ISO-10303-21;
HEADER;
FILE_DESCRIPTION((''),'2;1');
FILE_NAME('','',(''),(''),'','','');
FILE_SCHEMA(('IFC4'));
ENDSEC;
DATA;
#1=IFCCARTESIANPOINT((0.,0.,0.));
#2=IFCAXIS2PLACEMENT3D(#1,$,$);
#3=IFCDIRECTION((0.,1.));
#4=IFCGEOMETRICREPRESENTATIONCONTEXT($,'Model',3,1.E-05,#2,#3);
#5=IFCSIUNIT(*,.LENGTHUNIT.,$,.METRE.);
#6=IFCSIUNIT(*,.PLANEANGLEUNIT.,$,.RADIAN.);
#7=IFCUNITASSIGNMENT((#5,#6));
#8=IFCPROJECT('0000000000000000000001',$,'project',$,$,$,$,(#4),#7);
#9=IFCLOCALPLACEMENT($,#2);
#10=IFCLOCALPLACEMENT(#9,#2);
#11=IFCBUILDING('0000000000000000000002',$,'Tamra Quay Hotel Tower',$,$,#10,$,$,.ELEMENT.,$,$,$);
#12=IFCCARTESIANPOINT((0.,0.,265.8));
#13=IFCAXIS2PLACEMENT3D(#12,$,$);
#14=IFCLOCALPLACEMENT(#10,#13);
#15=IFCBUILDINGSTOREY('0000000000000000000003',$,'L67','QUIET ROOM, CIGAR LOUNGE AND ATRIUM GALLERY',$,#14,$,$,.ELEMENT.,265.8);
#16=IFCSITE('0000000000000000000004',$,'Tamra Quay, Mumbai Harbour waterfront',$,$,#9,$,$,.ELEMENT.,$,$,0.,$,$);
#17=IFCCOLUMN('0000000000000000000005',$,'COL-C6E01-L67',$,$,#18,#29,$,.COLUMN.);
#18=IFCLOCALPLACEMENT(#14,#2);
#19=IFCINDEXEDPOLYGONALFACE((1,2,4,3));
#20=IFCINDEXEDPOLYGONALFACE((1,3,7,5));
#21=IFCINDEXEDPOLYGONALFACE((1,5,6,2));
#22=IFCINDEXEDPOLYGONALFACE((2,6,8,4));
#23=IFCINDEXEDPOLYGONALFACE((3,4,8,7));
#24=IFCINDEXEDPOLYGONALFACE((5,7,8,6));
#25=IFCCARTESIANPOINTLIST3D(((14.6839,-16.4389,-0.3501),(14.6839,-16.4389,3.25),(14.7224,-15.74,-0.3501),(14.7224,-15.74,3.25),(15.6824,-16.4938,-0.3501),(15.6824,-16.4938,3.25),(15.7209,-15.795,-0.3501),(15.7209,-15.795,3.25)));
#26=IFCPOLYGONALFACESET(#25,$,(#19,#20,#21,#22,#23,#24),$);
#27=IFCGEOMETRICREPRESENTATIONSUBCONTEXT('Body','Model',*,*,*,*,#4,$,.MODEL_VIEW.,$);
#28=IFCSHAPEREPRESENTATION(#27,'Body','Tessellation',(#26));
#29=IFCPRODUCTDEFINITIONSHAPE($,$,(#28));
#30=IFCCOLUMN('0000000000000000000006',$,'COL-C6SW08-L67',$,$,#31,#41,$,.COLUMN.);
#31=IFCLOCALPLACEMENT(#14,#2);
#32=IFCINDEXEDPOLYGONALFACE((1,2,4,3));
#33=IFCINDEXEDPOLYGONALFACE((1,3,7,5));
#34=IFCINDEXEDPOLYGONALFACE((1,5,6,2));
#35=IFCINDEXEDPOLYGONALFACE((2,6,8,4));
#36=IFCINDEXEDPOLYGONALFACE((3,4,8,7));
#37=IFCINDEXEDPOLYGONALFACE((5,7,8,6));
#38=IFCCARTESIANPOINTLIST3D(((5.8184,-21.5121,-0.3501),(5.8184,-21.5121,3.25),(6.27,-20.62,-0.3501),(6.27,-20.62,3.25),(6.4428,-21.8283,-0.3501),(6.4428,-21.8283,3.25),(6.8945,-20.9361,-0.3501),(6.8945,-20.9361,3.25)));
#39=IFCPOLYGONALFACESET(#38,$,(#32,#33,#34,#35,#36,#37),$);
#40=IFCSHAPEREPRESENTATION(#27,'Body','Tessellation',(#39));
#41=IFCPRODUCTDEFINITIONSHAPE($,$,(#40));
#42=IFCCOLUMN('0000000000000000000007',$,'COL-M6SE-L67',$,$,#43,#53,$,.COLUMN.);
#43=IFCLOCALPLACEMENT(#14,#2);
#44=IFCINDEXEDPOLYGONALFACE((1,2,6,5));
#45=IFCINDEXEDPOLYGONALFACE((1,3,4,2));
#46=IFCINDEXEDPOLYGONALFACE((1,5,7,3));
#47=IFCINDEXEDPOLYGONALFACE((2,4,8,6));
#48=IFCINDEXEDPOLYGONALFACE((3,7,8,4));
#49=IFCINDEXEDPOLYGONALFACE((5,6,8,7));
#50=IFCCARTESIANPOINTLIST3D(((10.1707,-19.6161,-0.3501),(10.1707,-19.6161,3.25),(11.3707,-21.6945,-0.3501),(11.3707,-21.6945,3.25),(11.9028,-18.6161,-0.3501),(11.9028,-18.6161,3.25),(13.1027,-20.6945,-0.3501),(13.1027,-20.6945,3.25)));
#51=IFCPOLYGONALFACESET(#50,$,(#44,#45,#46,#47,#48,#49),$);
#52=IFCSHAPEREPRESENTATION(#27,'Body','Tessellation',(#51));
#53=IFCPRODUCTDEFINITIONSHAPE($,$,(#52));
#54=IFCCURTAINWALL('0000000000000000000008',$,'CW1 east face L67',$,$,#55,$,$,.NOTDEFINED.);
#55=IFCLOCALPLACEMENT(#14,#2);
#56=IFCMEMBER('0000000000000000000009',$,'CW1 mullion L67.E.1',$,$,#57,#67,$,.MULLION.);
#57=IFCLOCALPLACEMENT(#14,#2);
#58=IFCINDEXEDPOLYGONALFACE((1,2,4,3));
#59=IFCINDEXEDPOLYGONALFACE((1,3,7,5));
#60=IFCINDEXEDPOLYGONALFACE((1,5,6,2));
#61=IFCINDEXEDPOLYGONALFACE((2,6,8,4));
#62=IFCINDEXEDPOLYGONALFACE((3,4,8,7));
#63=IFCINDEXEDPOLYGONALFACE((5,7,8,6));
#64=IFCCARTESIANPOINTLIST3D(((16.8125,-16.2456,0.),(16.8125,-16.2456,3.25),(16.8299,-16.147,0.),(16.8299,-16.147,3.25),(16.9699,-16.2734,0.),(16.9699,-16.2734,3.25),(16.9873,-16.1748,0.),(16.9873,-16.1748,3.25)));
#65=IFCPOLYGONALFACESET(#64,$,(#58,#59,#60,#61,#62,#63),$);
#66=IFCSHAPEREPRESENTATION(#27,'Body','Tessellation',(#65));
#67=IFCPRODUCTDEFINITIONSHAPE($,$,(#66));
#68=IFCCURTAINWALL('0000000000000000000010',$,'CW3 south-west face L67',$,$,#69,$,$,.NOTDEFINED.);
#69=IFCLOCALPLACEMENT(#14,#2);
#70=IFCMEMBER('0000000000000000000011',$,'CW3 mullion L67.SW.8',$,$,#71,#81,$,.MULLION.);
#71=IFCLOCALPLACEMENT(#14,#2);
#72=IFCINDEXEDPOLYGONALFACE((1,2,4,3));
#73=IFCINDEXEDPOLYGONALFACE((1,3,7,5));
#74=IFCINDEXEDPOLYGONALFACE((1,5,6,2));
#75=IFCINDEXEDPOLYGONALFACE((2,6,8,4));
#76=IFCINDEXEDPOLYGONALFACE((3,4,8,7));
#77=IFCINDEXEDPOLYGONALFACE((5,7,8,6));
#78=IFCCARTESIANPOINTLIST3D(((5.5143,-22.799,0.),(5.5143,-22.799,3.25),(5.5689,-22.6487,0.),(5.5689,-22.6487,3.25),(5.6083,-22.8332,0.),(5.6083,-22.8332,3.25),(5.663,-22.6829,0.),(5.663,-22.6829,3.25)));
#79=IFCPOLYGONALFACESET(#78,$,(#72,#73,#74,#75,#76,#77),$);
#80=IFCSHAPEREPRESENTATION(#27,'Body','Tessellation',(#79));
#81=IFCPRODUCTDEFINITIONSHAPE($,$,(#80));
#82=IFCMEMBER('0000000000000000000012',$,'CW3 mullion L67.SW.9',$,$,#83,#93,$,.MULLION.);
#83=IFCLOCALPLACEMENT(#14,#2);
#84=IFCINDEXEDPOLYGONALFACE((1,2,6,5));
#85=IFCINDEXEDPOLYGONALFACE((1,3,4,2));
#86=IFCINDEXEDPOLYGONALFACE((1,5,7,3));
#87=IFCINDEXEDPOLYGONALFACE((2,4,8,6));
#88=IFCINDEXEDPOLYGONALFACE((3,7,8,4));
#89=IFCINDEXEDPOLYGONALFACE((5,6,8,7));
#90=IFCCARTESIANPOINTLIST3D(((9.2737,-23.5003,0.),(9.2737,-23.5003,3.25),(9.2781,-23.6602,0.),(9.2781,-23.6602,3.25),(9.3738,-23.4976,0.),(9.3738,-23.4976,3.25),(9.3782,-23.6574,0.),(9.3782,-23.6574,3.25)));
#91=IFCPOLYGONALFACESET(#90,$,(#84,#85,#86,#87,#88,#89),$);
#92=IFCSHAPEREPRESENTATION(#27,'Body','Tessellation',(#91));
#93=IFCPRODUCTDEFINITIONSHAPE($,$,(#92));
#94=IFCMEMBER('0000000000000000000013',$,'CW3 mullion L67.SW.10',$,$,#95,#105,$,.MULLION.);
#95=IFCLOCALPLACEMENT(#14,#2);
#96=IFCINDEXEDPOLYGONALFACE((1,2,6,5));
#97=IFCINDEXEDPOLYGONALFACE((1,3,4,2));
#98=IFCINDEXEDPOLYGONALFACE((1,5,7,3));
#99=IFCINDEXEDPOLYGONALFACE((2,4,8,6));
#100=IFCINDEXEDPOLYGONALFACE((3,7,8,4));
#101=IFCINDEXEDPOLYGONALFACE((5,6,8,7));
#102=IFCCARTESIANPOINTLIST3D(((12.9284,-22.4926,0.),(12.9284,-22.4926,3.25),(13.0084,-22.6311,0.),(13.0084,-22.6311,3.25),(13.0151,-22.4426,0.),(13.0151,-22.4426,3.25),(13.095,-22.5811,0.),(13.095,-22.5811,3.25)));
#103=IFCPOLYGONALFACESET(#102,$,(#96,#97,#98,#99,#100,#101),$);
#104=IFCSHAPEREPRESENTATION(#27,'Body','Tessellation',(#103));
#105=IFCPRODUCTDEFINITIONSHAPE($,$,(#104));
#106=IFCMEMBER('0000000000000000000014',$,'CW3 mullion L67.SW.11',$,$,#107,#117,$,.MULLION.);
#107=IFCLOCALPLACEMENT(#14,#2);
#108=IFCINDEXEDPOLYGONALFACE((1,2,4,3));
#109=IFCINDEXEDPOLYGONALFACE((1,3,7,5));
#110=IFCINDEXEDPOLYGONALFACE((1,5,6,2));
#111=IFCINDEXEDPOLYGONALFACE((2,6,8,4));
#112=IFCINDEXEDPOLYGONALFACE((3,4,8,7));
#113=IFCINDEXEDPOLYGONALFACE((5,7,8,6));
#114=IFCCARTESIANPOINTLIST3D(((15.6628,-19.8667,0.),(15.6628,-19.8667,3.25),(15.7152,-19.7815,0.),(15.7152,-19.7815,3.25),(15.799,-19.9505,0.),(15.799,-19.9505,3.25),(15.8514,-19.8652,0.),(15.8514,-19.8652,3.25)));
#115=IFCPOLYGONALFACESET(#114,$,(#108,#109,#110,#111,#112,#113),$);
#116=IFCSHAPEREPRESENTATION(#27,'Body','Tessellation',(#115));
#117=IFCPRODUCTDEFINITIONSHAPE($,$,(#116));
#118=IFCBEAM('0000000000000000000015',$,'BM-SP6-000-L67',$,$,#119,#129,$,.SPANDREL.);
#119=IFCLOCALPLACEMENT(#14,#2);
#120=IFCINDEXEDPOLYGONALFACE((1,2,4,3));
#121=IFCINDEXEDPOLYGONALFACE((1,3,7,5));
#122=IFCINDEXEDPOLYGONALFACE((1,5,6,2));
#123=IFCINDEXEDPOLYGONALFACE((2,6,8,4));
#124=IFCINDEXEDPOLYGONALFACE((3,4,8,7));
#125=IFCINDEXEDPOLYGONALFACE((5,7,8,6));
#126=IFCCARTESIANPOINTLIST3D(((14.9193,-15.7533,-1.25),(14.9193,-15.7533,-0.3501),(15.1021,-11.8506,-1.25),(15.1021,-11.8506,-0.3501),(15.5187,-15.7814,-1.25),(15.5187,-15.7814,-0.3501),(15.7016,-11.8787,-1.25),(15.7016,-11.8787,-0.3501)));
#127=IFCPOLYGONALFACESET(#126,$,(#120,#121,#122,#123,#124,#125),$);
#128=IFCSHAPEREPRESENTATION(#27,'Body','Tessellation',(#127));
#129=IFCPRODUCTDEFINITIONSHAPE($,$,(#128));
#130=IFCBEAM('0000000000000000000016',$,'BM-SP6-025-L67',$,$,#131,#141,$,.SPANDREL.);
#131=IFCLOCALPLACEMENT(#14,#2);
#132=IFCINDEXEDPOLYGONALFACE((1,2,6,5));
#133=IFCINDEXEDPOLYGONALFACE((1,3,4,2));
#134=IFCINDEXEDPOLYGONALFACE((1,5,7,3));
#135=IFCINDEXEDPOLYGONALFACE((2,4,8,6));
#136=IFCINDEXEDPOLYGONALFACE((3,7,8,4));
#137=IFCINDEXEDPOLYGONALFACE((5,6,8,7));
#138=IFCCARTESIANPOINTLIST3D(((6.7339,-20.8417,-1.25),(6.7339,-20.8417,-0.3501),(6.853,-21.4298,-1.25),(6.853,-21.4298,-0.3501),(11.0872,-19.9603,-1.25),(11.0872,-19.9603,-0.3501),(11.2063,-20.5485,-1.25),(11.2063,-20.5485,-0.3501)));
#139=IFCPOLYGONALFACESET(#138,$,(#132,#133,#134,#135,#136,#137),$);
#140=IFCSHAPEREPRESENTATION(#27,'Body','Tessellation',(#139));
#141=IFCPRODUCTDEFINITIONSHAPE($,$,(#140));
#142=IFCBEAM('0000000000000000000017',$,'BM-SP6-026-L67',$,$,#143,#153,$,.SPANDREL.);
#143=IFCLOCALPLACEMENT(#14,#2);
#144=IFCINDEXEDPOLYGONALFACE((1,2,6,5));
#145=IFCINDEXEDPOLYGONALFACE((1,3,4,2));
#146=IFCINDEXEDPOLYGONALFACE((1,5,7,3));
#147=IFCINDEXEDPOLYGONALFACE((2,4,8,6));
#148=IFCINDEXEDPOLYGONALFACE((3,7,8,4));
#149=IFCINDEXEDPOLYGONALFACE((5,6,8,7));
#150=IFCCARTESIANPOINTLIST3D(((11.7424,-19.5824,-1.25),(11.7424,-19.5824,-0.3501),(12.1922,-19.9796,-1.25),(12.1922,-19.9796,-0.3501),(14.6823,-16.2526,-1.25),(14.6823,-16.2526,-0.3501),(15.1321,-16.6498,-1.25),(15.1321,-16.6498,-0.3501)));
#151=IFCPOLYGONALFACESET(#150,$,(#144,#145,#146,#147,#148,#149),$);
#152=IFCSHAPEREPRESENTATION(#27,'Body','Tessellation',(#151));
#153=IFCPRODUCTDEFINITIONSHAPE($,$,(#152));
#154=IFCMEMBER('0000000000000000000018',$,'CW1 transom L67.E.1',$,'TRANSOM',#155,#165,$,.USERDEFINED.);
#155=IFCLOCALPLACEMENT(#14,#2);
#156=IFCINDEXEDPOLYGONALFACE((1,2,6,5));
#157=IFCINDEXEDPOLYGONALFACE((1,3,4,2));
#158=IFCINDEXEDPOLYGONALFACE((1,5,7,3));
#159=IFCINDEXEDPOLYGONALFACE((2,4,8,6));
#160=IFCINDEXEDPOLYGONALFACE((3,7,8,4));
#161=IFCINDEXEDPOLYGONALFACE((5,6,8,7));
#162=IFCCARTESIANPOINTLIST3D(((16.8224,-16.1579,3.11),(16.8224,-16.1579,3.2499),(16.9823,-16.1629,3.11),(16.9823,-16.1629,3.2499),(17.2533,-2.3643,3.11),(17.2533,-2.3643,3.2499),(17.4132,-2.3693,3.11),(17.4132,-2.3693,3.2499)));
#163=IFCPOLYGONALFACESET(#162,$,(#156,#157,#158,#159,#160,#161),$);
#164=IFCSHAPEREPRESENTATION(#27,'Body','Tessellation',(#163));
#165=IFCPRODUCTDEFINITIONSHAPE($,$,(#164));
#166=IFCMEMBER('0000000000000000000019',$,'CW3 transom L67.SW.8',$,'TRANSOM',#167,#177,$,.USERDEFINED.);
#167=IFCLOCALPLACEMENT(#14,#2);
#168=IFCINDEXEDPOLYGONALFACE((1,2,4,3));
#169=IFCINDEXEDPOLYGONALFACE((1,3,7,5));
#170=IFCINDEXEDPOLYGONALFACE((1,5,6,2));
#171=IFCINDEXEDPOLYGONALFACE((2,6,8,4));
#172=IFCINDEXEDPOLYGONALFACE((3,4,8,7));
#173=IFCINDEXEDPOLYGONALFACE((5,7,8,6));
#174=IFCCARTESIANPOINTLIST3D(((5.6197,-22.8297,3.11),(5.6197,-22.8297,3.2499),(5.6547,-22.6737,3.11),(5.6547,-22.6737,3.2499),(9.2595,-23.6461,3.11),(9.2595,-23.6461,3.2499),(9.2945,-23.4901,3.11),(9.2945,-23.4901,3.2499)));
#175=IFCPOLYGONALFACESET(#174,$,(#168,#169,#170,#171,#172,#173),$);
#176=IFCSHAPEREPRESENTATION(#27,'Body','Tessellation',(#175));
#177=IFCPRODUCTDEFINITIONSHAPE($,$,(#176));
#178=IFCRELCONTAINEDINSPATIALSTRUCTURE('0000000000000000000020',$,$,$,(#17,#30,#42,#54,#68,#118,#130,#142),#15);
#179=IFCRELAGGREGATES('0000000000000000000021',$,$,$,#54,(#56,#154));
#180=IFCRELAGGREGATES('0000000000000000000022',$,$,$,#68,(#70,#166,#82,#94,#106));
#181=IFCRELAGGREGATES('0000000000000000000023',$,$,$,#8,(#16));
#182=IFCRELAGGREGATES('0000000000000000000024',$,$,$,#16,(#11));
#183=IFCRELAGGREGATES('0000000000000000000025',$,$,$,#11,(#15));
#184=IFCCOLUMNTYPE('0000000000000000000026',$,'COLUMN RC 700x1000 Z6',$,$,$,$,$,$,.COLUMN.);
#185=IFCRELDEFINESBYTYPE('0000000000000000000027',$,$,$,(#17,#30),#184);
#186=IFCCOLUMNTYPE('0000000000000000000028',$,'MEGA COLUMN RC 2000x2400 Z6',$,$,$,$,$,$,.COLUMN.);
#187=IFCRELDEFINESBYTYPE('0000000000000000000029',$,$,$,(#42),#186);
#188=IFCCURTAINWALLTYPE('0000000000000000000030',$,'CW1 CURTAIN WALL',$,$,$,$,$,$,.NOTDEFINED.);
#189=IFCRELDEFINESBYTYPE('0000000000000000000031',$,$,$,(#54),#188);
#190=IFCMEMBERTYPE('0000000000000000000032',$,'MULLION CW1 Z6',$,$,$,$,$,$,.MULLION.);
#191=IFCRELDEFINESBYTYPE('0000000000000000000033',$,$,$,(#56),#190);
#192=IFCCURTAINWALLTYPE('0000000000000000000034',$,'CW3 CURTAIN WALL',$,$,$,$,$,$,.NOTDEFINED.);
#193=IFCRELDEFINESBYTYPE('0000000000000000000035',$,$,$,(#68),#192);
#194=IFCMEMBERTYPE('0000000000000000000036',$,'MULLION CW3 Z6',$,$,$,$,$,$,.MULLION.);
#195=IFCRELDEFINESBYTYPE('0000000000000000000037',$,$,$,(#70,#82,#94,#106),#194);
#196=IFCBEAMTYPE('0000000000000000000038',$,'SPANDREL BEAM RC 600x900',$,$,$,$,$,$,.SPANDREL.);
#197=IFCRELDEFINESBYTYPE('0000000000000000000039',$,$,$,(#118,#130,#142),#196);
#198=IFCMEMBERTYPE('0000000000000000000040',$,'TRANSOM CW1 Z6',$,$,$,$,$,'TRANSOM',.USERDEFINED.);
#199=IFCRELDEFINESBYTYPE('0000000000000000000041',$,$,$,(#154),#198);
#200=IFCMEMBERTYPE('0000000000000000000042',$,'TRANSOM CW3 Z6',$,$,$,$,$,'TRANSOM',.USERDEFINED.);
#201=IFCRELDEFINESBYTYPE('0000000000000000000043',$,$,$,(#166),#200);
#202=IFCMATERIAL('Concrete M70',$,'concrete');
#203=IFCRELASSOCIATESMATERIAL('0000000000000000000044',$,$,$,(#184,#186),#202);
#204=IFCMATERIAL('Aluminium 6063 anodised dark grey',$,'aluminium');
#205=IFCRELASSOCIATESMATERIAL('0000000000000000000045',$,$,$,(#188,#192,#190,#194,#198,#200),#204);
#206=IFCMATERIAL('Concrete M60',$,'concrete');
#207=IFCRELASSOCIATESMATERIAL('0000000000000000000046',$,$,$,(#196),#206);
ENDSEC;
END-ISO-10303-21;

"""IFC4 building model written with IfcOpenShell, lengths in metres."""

from ifc_helpers import new_model, si_unit, direction, frame, origin, origin_2d, place, context, subcontext, project, spatial, rectangle, extrude, material, material_profile, profile_set, type_object, element, aggregate, save


model = new_model("IFC4")

# Units and contexts
model_context = context("Model", 3, precision=1e-05, world=origin(), true_north=direction((0.0, 1.0)))
body_context = subcontext(model_context, "Body", "Model", "MODEL_VIEW")
ifc_project = project(units=[si_unit("LENGTHUNIT", "METRE"), si_unit("PLANEANGLEUNIT", "RADIAN")], contexts=[model_context])

# Site, building, storey
site_placement = place(None, origin())
site = spatial("IfcSite", under=ifc_project, at=site_placement, Name="Tamra Quay, Mumbai Harbour waterfront", CompositionType="ELEMENT", RefElevation=0.0)
building_placement = place(site_placement, origin())
building = spatial("IfcBuilding", under=site, at=building_placement, Name="Tamra Quay Hotel Tower", CompositionType="ELEMENT")
storey_placement = place(building_placement, frame((0.0, 0.0, 265.8)))
storey = spatial("IfcBuildingStorey", under=building, at=storey_placement, Name="L67", Description="QUIET ROOM, CIGAR LOUNGE AND ATRIUM GALLERY", CompositionType="ELEMENT", Elevation=265.8)

# Columns
ifc_material_1 = material(Name="Concrete M70", Category="concrete")
ifc_material_profile_1 = material_profile(ifc_material_1, rectangle(XDim=1.0, YDim=0.7, at=origin_2d()), Name="COLUMN RC 700x1000 Z6")
ifc_profile_set_1 = profile_set([ifc_material_profile_1], Name="Concrete M70")
column_type_1 = type_object("IfcColumnType", Name="COLUMN RC 700x1000 Z6", PredefinedType="COLUMN", material=ifc_profile_set_1)
for number, where, z_axis, x_axis, name in (
    (1, (15.2024, -16.1169, -0.3501), (0.0, 0.0, 1.0), (-0.998491, 0.054917, 0.0), "COL-C6E01-L67"),
    (2, (6.3564, -21.2241, -0.3501), (0.0, 0.0, 1.0), (0.451686, 0.892177, 0.0), "COL-C6SW08-L67"),
):
    element("IfcColumn", number, at=place(storey_placement, frame(where, z_axis=z_axis, x_axis=x_axis)), inside=storey, type_object=column_type_1, Name=name, PredefinedType="COLUMN", context=body_context, shape_type="SweptSolid", body=[
        extrude(rectangle(XDim=1.0, YDim=0.7, at=origin_2d()), origin(), (0.0, 0.0, 1.0), 3.6001),
    ])
ifc_material_profile_2 = material_profile(ifc_material_1, rectangle(XDim=2.3999, YDim=2.0, at=origin_2d()), Name="MEGA COLUMN RC 2000x2400 Z6")
ifc_profile_set_2 = profile_set([ifc_material_profile_2], Name="Concrete M70")
column_type_2 = type_object("IfcColumnType", Name="MEGA COLUMN RC 2000x2400 Z6", PredefinedType="COLUMN", material=ifc_profile_set_2)
column_placement = place(storey_placement, frame((11.6367, -20.1553, -0.3501), z_axis=(0.0, 0.0, 1.0), x_axis=(-0.5, 0.866025, 0.0)))
element("IfcColumn", 3, at=column_placement, inside=storey, type_object=column_type_2, Name="COL-M6SE-L67", PredefinedType="COLUMN", context=body_context, shape_type="SweptSolid", body=[
    extrude(rectangle(XDim=2.3999, YDim=2.0, at=origin_2d()), origin(), (0.0, 0.0, 1.0), 3.6001),
])

# Curtain wall, member
ifc_material_2 = material(Name="Aluminium 6063 anodised dark grey", Category="aluminium")
curtain_wall_type_1 = type_object("IfcCurtainWallType", Name="CW1 CURTAIN WALL", PredefinedType="NOTDEFINED", material=ifc_material_2)
curtain_wall_1_placement = place(storey_placement, origin())
curtain_wall_1 = element("IfcCurtainWall", 4, at=curtain_wall_1_placement, inside=storey, type_object=curtain_wall_type_1, Name="CW1 east face L67", PredefinedType="NOTDEFINED")
ifc_material_profile_3 = material_profile(ifc_material_2, rectangle(XDim=0.1599, YDim=0.1001, at=origin_2d()), Name="MULLION 100X160")
ifc_profile_set_3 = profile_set([ifc_material_profile_3], Name="Aluminium 6063 anodised dark grey")
member_type_1 = type_object("IfcMemberType", Name="MULLION CW1 Z6", PredefinedType="MULLION", material=ifc_profile_set_3)
member_1_placement = place(storey_placement, frame((16.8999, -16.2102, 0.0), z_axis=(0.0, 0.0, 1.0), x_axis=(0.98474, -0.174032, 0.0)))
member_1 = element("IfcMember", 5, at=member_1_placement, type_object=member_type_1, Name="CW1 mullion L67.E.1", PredefinedType="MULLION", context=body_context, shape_type="SweptSolid", body=[
    extrude(rectangle(XDim=0.1599, YDim=0.1001, at=origin_2d()), origin(), (0.0, 0.0, 1.0), 3.25),
])

# Curtain wall, members
curtain_wall_type_2 = type_object("IfcCurtainWallType", Name="CW3 CURTAIN WALL", PredefinedType="NOTDEFINED", material=ifc_material_2)
curtain_wall_2_placement = place(storey_placement, origin())
curtain_wall_2 = element("IfcCurtainWall", 6, at=curtain_wall_2_placement, inside=storey, type_object=curtain_wall_type_2, Name="CW3 south-west face L67", PredefinedType="NOTDEFINED")
ifc_material_profile_4 = material_profile(ifc_material_2, rectangle(XDim=0.1599, YDim=0.1001, at=origin_2d()), Name="MULLION 100X160")
ifc_profile_set_4 = profile_set([ifc_material_profile_4], Name="Aluminium 6063 anodised dark grey")
member_type_2 = type_object("IfcMemberType", Name="MULLION CW3 Z6", PredefinedType="MULLION", material=ifc_profile_set_4)
member_2_placement = place(storey_placement, frame((5.5886, -22.741, 0.0), z_axis=(0.0, 0.0, 1.0), x_axis=(-0.341653, -0.939826, 0.0)))
member_2 = element("IfcMember", 7, at=member_2_placement, type_object=member_type_2, Name="CW3 mullion L67.SW.8", PredefinedType="MULLION", context=body_context, shape_type="SweptSolid", body=[
    extrude(rectangle(XDim=0.1599, YDim=0.1001, at=origin_2d()), origin(), (0.0, 0.0, 1.0), 3.25),
])
member_3_placement = place(storey_placement, frame((9.3259, -23.5789, 0.0), z_axis=(0.0, 0.0, 1.0), x_axis=(0.027469, -0.999623, 0.0)))
member_3 = element("IfcMember", 8, at=member_3_placement, type_object=member_type_2, Name="CW3 mullion L67.SW.9", PredefinedType="MULLION", context=body_context, shape_type="SweptSolid", body=[
    extrude(rectangle(XDim=0.1599, YDim=0.1001, at=origin_2d()), origin(), (0.0, 0.0, 1.0), 3.25),
])
member_4_placement = place(storey_placement, frame((13.0117, -22.5369, 0.0), z_axis=(0.0, 0.0, 1.0), x_axis=(0.5, -0.866025, 0.0)))
member_4 = element("IfcMember", 9, at=member_4_placement, type_object=member_type_2, Name="CW3 mullion L67.SW.10", PredefinedType="MULLION", context=body_context, shape_type="SweptSolid", body=[
    extrude(rectangle(XDim=0.1599, YDim=0.1001, at=origin_2d()), origin(), (0.0, 0.0, 1.0), 3.25),
])
member_5_placement = place(storey_placement, frame((15.7571, -19.866, 0.0), z_axis=(0.0, 0.0, 1.0), x_axis=(0.851964, -0.5236, 0.0)))
member_5 = element("IfcMember", 10, at=member_5_placement, type_object=member_type_2, Name="CW3 mullion L67.SW.11", PredefinedType="MULLION", context=body_context, shape_type="SweptSolid", body=[
    extrude(rectangle(XDim=0.1599, YDim=0.1001, at=origin_2d()), origin(), (0.0, 0.0, 1.0), 3.25),
])

# Beams
ifc_material_3 = material(Name="Concrete M60", Category="concrete")
ifc_material_profile_5 = material_profile(ifc_material_3, rectangle(XDim=0.6001, YDim=0.8999, at=origin_2d()), Name="SPANDREL BEAM RC 600x900")
ifc_profile_set_5 = profile_set([ifc_material_profile_5], Name="Concrete M60")
beam_type = type_object("IfcBeamType", Name="SPANDREL BEAM RC 600x900", PredefinedType="SPANDREL", material=ifc_profile_set_5)
beam_1_placement = place(storey_placement, frame((15.219, -15.7673, -0.8), z_axis=(0.046805, 0.998904, 0.0), x_axis=(-0.998904, 0.046805, 0.0)))
element("IfcBeam", 11, at=beam_1_placement, inside=storey, type_object=beam_type, Name="BM-SP6-000-L67", PredefinedType="SPANDREL", context=body_context, shape_type="SweptSolid", body=[
    extrude(rectangle(XDim=0.6001, YDim=0.8999, at=origin_2d()), origin(), (0.0, 0.0, 1.0), 3.907),
])
beam_2_placement = place(storey_placement, frame((6.7935, -21.1357, -0.8), z_axis=(0.980115, 0.198431, 0.0), x_axis=(-0.198431, 0.980115, 0.0)))
element("IfcBeam", 12, at=beam_2_placement, inside=storey, type_object=beam_type, Name="BM-SP6-025-L67", PredefinedType="SPANDREL", context=body_context, shape_type="SweptSolid", body=[
    extrude(rectangle(XDim=0.6001, YDim=0.8999, at=origin_2d()), origin(), (0.0, 0.0, 1.0), 4.4417),
])
beam_3_placement = place(storey_placement, frame((11.9673, -19.781, -0.8), z_axis=(0.661856, 0.749631, 0.0), x_axis=(-0.749631, 0.661856, 0.0)))
element("IfcBeam", 13, at=beam_3_placement, inside=storey, type_object=beam_type, Name="BM-SP6-026-L67", PredefinedType="SPANDREL", context=body_context, shape_type="SweptSolid", body=[
    extrude(rectangle(XDim=0.6001, YDim=0.8999, at=origin_2d()), origin(), (0.0, 0.0, 1.0), 4.4419),
])

# Members
ifc_material_profile_6 = material_profile(ifc_material_2, rectangle(XDim=0.1599, YDim=0.1399, at=origin_2d()), Name="TRANSOM 160X140")
ifc_profile_set_6 = profile_set([ifc_material_profile_6], Name="Aluminium 6063 anodised dark grey")
member_type_3 = type_object("IfcMemberType", Name="TRANSOM CW1 Z6", ElementType="TRANSOM", PredefinedType="USERDEFINED", material=ifc_profile_set_6)
member_6_placement = place(storey_placement, frame((16.9023, -16.1604, 3.1799), z_axis=(0.031225, 0.999512, 0.0), x_axis=(-0.999512, 0.031225, 0.0)))
member_6 = element("IfcMember", 14, at=member_6_placement, type_object=member_type_3, Name="CW1 transom L67.E.1", ObjectType="TRANSOM", PredefinedType="USERDEFINED", context=body_context, shape_type="SweptSolid", body=[
    extrude(rectangle(XDim=0.1599, YDim=0.1399, at=origin_2d()), origin(), (0.0, 0.0, 1.0), 13.8003),
])
aggregate(curtain_wall_1, [member_1, member_6])
ifc_material_profile_7 = material_profile(ifc_material_2, rectangle(XDim=0.1599, YDim=0.1399, at=origin_2d()), Name="TRANSOM 160X140")
ifc_profile_set_7 = profile_set([ifc_material_profile_7], Name="Aluminium 6063 anodised dark grey")
member_type_4 = type_object("IfcMemberType", Name="TRANSOM CW3 Z6", ElementType="TRANSOM", PredefinedType="USERDEFINED", material=ifc_profile_set_7)
member_7_placement = place(storey_placement, frame((5.6372, -22.7517, 3.1799), z_axis=(0.975757, -0.218857, 0.0), x_axis=(0.218857, 0.975757, 0.0)))
member_7 = element("IfcMember", 15, at=member_7_placement, type_object=member_type_4, Name="CW3 transom L67.SW.8", ObjectType="TRANSOM", PredefinedType="USERDEFINED", context=body_context, shape_type="SweptSolid", body=[
    extrude(rectangle(XDim=0.1599, YDim=0.1399, at=origin_2d()), origin(), (0.0, 0.0, 1.0), 3.7302),
])

aggregate(curtain_wall_2, [member_2, member_7, member_3, member_4, member_5])

save(model, "model.ifc")
